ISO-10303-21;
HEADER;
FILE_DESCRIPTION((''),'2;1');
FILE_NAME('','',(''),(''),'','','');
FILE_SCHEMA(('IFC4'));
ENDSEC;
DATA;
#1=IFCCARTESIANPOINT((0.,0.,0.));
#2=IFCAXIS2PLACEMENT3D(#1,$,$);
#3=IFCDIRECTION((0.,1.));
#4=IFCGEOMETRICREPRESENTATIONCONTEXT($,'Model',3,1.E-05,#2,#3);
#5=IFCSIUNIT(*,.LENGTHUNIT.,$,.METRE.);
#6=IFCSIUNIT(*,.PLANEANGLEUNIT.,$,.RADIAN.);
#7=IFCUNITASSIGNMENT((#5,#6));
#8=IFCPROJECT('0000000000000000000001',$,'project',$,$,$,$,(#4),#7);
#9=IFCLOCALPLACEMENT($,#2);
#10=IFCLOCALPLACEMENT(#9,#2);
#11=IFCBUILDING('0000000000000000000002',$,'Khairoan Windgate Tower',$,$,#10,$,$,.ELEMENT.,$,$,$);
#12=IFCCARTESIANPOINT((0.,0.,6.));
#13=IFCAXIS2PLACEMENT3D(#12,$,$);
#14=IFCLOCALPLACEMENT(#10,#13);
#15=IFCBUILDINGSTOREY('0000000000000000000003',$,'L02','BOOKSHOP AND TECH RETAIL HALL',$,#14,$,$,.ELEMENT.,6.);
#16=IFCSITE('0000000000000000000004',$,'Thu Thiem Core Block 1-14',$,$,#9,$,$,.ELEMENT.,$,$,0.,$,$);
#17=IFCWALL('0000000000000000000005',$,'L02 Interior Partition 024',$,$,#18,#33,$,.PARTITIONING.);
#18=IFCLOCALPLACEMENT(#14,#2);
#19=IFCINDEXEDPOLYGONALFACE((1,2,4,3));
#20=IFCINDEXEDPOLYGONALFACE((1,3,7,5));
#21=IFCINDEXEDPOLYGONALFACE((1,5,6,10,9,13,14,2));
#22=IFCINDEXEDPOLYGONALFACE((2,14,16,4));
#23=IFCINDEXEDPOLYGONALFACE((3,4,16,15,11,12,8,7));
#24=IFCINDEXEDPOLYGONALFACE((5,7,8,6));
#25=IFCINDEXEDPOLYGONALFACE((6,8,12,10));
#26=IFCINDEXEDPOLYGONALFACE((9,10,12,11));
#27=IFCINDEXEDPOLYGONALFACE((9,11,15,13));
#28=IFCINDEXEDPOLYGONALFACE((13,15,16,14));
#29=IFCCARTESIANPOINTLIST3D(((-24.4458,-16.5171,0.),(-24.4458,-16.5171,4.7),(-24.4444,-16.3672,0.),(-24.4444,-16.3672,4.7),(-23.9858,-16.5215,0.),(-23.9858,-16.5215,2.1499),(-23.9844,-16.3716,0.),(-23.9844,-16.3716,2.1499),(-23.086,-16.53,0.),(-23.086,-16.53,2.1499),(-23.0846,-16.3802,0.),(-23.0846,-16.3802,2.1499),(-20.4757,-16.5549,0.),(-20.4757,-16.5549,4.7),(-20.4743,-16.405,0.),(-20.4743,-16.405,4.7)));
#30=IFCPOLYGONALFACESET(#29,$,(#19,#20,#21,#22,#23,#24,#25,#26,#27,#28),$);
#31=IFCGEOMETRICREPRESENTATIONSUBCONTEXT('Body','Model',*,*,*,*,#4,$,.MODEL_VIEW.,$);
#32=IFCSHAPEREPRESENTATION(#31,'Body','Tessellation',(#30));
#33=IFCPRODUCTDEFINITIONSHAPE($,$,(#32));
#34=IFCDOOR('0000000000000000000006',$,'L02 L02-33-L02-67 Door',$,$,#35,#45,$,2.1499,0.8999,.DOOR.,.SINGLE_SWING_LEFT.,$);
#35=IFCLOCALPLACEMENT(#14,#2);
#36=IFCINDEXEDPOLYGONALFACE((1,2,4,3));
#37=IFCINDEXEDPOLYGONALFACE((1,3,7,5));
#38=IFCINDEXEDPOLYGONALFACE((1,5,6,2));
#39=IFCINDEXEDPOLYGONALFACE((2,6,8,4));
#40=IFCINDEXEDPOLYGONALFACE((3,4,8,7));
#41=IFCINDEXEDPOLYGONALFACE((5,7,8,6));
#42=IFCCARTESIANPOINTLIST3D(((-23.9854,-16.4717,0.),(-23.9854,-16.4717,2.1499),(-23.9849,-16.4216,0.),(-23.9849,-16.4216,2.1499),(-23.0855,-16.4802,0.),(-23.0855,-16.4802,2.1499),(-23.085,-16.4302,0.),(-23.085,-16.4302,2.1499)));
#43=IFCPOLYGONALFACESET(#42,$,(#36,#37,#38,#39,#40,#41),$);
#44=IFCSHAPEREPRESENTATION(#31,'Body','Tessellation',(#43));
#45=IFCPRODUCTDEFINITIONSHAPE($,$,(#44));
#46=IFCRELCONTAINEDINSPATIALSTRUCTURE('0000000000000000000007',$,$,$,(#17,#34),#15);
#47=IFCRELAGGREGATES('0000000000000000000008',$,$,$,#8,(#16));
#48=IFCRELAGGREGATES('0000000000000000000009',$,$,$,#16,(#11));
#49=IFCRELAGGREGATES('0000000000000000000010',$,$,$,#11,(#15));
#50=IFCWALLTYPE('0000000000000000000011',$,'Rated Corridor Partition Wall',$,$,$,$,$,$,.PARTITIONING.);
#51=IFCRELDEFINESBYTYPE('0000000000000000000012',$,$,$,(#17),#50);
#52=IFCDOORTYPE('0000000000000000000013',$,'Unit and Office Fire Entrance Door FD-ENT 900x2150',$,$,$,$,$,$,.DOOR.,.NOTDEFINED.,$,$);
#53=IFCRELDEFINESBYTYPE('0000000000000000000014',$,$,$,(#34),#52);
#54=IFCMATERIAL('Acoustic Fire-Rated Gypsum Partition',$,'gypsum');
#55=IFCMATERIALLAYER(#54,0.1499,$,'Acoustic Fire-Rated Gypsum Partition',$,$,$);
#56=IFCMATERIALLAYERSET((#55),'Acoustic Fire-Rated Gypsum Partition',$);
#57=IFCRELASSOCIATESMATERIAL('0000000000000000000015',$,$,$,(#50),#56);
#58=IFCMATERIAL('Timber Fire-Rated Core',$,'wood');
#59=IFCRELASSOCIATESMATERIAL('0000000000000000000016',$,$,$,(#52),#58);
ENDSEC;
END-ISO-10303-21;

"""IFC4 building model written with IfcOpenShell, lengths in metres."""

from ifc_helpers import new_model, si_unit, direction, frame, frame_2d, origin, place, context, subcontext, project, spatial, rectangle, extrude, material, layer, layer_set, type_object, element, fill, save


model = new_model("IFC4")

# Units and contexts
model_context = context("Model", 3, precision=1e-05, world=origin(), true_north=direction((0.0, 1.0)))
body_context = subcontext(model_context, "Body", "Model", "MODEL_VIEW")
ifc_project = project(units=[si_unit("LENGTHUNIT", "METRE"), si_unit("PLANEANGLEUNIT", "RADIAN")], contexts=[model_context])

# Site, building, storey
site_placement = place(None, origin())
site = spatial("IfcSite", under=ifc_project, at=site_placement, Name="Thu Thiem Core Block 1-14", CompositionType="ELEMENT", RefElevation=0.0)
building_placement = place(site_placement, origin())
building = spatial("IfcBuilding", under=site, at=building_placement, Name="Khairoan Windgate Tower", CompositionType="ELEMENT")
storey_placement = place(building_placement, frame((0.0, 0.0, 6.0)))
storey = spatial("IfcBuildingStorey", under=building, at=storey_placement, Name="L02", Description="BOOKSHOP AND TECH RETAIL HALL", CompositionType="ELEMENT", Elevation=6.0)

# Wall, opening, door
ifc_material_1 = material(Name="Acoustic Fire-Rated Gypsum Partition", Category="gypsum")
ifc_layer_1 = layer(ifc_material_1, 0.1499, Name="Acoustic Fire-Rated Gypsum Partition")
ifc_layer_set_1 = layer_set([ifc_layer_1], Name="Acoustic Fire-Rated Gypsum Partition")
wall_type_1 = type_object("IfcWallType", Name="Rated Corridor Partition Wall", PredefinedType="PARTITIONING", material=ifc_layer_set_1)
ifc_material_2 = material(Name="Timber Fire-Rated Core", Category="wood")
door_type_1 = type_object("IfcDoorType", Name="Unit and Office Fire Entrance Door FD-ENT 900x2150", OperationType="NOTDEFINED", PredefinedType="DOOR", material=ifc_material_2)
wall_1_placement = place(storey_placement, frame((-24.4451, -16.4421, 0.0), z_axis=(0.0, 0.0, 1.0), x_axis=(0.999955, -0.009532, 0.0)))
wall_1 = element("IfcWall", 1, at=wall_1_placement, inside=storey, type_object=wall_type_1, Name="L02 Interior Partition 024", PredefinedType="PARTITIONING", context=body_context, shape_type="SweptSolid", body=[
    extrude(rectangle(XDim=3.9702, YDim=0.1499, at=frame_2d((1.9851, 0.0))), origin(), (0.0, 0.0, 1.0), 4.7),
])
opening_1_placement = place(wall_1_placement, frame((0.46, 0.0, 0.0)))
opening_1 = element("IfcOpeningElement", 2, at=opening_1_placement, cuts=wall_1, PredefinedType="OPENING", context=body_context, shape_type="SweptSolid", body=[
    extrude(rectangle(XDim=0.8999, YDim=2.1499, at=frame_2d((0.45, 1.075))), frame((0.0, 0.085, 0.0), z_axis=(0.0, -1.0, 0.0), x_axis=(1.0, 0.0, 0.0)), (0.0, 0.0, 1.0), 0.1699),
])
door_1_placement = place(opening_1_placement, origin())
door_1 = element("IfcDoor", 3, at=door_1_placement, inside=storey, type_object=door_type_1, Name="L02 L02-33-L02-67 Door", OperationType="SINGLE_SWING_LEFT", OverallHeight=2.1499, OverallWidth=0.8999, PredefinedType="DOOR", context=body_context, shape_type="SweptSolid", body=[
    extrude(rectangle(XDim=0.8999, YDim=2.1499, at=frame_2d((0.45, 1.075))), frame((0.0, 0.0249, 0.0), z_axis=(0.0, -1.0, 0.0), x_axis=(1.0, 0.0, 0.0)), (0.0, 0.0, 1.0), 0.05),
])
fill(opening_1, door_1)

save(model, "model.ifc")
